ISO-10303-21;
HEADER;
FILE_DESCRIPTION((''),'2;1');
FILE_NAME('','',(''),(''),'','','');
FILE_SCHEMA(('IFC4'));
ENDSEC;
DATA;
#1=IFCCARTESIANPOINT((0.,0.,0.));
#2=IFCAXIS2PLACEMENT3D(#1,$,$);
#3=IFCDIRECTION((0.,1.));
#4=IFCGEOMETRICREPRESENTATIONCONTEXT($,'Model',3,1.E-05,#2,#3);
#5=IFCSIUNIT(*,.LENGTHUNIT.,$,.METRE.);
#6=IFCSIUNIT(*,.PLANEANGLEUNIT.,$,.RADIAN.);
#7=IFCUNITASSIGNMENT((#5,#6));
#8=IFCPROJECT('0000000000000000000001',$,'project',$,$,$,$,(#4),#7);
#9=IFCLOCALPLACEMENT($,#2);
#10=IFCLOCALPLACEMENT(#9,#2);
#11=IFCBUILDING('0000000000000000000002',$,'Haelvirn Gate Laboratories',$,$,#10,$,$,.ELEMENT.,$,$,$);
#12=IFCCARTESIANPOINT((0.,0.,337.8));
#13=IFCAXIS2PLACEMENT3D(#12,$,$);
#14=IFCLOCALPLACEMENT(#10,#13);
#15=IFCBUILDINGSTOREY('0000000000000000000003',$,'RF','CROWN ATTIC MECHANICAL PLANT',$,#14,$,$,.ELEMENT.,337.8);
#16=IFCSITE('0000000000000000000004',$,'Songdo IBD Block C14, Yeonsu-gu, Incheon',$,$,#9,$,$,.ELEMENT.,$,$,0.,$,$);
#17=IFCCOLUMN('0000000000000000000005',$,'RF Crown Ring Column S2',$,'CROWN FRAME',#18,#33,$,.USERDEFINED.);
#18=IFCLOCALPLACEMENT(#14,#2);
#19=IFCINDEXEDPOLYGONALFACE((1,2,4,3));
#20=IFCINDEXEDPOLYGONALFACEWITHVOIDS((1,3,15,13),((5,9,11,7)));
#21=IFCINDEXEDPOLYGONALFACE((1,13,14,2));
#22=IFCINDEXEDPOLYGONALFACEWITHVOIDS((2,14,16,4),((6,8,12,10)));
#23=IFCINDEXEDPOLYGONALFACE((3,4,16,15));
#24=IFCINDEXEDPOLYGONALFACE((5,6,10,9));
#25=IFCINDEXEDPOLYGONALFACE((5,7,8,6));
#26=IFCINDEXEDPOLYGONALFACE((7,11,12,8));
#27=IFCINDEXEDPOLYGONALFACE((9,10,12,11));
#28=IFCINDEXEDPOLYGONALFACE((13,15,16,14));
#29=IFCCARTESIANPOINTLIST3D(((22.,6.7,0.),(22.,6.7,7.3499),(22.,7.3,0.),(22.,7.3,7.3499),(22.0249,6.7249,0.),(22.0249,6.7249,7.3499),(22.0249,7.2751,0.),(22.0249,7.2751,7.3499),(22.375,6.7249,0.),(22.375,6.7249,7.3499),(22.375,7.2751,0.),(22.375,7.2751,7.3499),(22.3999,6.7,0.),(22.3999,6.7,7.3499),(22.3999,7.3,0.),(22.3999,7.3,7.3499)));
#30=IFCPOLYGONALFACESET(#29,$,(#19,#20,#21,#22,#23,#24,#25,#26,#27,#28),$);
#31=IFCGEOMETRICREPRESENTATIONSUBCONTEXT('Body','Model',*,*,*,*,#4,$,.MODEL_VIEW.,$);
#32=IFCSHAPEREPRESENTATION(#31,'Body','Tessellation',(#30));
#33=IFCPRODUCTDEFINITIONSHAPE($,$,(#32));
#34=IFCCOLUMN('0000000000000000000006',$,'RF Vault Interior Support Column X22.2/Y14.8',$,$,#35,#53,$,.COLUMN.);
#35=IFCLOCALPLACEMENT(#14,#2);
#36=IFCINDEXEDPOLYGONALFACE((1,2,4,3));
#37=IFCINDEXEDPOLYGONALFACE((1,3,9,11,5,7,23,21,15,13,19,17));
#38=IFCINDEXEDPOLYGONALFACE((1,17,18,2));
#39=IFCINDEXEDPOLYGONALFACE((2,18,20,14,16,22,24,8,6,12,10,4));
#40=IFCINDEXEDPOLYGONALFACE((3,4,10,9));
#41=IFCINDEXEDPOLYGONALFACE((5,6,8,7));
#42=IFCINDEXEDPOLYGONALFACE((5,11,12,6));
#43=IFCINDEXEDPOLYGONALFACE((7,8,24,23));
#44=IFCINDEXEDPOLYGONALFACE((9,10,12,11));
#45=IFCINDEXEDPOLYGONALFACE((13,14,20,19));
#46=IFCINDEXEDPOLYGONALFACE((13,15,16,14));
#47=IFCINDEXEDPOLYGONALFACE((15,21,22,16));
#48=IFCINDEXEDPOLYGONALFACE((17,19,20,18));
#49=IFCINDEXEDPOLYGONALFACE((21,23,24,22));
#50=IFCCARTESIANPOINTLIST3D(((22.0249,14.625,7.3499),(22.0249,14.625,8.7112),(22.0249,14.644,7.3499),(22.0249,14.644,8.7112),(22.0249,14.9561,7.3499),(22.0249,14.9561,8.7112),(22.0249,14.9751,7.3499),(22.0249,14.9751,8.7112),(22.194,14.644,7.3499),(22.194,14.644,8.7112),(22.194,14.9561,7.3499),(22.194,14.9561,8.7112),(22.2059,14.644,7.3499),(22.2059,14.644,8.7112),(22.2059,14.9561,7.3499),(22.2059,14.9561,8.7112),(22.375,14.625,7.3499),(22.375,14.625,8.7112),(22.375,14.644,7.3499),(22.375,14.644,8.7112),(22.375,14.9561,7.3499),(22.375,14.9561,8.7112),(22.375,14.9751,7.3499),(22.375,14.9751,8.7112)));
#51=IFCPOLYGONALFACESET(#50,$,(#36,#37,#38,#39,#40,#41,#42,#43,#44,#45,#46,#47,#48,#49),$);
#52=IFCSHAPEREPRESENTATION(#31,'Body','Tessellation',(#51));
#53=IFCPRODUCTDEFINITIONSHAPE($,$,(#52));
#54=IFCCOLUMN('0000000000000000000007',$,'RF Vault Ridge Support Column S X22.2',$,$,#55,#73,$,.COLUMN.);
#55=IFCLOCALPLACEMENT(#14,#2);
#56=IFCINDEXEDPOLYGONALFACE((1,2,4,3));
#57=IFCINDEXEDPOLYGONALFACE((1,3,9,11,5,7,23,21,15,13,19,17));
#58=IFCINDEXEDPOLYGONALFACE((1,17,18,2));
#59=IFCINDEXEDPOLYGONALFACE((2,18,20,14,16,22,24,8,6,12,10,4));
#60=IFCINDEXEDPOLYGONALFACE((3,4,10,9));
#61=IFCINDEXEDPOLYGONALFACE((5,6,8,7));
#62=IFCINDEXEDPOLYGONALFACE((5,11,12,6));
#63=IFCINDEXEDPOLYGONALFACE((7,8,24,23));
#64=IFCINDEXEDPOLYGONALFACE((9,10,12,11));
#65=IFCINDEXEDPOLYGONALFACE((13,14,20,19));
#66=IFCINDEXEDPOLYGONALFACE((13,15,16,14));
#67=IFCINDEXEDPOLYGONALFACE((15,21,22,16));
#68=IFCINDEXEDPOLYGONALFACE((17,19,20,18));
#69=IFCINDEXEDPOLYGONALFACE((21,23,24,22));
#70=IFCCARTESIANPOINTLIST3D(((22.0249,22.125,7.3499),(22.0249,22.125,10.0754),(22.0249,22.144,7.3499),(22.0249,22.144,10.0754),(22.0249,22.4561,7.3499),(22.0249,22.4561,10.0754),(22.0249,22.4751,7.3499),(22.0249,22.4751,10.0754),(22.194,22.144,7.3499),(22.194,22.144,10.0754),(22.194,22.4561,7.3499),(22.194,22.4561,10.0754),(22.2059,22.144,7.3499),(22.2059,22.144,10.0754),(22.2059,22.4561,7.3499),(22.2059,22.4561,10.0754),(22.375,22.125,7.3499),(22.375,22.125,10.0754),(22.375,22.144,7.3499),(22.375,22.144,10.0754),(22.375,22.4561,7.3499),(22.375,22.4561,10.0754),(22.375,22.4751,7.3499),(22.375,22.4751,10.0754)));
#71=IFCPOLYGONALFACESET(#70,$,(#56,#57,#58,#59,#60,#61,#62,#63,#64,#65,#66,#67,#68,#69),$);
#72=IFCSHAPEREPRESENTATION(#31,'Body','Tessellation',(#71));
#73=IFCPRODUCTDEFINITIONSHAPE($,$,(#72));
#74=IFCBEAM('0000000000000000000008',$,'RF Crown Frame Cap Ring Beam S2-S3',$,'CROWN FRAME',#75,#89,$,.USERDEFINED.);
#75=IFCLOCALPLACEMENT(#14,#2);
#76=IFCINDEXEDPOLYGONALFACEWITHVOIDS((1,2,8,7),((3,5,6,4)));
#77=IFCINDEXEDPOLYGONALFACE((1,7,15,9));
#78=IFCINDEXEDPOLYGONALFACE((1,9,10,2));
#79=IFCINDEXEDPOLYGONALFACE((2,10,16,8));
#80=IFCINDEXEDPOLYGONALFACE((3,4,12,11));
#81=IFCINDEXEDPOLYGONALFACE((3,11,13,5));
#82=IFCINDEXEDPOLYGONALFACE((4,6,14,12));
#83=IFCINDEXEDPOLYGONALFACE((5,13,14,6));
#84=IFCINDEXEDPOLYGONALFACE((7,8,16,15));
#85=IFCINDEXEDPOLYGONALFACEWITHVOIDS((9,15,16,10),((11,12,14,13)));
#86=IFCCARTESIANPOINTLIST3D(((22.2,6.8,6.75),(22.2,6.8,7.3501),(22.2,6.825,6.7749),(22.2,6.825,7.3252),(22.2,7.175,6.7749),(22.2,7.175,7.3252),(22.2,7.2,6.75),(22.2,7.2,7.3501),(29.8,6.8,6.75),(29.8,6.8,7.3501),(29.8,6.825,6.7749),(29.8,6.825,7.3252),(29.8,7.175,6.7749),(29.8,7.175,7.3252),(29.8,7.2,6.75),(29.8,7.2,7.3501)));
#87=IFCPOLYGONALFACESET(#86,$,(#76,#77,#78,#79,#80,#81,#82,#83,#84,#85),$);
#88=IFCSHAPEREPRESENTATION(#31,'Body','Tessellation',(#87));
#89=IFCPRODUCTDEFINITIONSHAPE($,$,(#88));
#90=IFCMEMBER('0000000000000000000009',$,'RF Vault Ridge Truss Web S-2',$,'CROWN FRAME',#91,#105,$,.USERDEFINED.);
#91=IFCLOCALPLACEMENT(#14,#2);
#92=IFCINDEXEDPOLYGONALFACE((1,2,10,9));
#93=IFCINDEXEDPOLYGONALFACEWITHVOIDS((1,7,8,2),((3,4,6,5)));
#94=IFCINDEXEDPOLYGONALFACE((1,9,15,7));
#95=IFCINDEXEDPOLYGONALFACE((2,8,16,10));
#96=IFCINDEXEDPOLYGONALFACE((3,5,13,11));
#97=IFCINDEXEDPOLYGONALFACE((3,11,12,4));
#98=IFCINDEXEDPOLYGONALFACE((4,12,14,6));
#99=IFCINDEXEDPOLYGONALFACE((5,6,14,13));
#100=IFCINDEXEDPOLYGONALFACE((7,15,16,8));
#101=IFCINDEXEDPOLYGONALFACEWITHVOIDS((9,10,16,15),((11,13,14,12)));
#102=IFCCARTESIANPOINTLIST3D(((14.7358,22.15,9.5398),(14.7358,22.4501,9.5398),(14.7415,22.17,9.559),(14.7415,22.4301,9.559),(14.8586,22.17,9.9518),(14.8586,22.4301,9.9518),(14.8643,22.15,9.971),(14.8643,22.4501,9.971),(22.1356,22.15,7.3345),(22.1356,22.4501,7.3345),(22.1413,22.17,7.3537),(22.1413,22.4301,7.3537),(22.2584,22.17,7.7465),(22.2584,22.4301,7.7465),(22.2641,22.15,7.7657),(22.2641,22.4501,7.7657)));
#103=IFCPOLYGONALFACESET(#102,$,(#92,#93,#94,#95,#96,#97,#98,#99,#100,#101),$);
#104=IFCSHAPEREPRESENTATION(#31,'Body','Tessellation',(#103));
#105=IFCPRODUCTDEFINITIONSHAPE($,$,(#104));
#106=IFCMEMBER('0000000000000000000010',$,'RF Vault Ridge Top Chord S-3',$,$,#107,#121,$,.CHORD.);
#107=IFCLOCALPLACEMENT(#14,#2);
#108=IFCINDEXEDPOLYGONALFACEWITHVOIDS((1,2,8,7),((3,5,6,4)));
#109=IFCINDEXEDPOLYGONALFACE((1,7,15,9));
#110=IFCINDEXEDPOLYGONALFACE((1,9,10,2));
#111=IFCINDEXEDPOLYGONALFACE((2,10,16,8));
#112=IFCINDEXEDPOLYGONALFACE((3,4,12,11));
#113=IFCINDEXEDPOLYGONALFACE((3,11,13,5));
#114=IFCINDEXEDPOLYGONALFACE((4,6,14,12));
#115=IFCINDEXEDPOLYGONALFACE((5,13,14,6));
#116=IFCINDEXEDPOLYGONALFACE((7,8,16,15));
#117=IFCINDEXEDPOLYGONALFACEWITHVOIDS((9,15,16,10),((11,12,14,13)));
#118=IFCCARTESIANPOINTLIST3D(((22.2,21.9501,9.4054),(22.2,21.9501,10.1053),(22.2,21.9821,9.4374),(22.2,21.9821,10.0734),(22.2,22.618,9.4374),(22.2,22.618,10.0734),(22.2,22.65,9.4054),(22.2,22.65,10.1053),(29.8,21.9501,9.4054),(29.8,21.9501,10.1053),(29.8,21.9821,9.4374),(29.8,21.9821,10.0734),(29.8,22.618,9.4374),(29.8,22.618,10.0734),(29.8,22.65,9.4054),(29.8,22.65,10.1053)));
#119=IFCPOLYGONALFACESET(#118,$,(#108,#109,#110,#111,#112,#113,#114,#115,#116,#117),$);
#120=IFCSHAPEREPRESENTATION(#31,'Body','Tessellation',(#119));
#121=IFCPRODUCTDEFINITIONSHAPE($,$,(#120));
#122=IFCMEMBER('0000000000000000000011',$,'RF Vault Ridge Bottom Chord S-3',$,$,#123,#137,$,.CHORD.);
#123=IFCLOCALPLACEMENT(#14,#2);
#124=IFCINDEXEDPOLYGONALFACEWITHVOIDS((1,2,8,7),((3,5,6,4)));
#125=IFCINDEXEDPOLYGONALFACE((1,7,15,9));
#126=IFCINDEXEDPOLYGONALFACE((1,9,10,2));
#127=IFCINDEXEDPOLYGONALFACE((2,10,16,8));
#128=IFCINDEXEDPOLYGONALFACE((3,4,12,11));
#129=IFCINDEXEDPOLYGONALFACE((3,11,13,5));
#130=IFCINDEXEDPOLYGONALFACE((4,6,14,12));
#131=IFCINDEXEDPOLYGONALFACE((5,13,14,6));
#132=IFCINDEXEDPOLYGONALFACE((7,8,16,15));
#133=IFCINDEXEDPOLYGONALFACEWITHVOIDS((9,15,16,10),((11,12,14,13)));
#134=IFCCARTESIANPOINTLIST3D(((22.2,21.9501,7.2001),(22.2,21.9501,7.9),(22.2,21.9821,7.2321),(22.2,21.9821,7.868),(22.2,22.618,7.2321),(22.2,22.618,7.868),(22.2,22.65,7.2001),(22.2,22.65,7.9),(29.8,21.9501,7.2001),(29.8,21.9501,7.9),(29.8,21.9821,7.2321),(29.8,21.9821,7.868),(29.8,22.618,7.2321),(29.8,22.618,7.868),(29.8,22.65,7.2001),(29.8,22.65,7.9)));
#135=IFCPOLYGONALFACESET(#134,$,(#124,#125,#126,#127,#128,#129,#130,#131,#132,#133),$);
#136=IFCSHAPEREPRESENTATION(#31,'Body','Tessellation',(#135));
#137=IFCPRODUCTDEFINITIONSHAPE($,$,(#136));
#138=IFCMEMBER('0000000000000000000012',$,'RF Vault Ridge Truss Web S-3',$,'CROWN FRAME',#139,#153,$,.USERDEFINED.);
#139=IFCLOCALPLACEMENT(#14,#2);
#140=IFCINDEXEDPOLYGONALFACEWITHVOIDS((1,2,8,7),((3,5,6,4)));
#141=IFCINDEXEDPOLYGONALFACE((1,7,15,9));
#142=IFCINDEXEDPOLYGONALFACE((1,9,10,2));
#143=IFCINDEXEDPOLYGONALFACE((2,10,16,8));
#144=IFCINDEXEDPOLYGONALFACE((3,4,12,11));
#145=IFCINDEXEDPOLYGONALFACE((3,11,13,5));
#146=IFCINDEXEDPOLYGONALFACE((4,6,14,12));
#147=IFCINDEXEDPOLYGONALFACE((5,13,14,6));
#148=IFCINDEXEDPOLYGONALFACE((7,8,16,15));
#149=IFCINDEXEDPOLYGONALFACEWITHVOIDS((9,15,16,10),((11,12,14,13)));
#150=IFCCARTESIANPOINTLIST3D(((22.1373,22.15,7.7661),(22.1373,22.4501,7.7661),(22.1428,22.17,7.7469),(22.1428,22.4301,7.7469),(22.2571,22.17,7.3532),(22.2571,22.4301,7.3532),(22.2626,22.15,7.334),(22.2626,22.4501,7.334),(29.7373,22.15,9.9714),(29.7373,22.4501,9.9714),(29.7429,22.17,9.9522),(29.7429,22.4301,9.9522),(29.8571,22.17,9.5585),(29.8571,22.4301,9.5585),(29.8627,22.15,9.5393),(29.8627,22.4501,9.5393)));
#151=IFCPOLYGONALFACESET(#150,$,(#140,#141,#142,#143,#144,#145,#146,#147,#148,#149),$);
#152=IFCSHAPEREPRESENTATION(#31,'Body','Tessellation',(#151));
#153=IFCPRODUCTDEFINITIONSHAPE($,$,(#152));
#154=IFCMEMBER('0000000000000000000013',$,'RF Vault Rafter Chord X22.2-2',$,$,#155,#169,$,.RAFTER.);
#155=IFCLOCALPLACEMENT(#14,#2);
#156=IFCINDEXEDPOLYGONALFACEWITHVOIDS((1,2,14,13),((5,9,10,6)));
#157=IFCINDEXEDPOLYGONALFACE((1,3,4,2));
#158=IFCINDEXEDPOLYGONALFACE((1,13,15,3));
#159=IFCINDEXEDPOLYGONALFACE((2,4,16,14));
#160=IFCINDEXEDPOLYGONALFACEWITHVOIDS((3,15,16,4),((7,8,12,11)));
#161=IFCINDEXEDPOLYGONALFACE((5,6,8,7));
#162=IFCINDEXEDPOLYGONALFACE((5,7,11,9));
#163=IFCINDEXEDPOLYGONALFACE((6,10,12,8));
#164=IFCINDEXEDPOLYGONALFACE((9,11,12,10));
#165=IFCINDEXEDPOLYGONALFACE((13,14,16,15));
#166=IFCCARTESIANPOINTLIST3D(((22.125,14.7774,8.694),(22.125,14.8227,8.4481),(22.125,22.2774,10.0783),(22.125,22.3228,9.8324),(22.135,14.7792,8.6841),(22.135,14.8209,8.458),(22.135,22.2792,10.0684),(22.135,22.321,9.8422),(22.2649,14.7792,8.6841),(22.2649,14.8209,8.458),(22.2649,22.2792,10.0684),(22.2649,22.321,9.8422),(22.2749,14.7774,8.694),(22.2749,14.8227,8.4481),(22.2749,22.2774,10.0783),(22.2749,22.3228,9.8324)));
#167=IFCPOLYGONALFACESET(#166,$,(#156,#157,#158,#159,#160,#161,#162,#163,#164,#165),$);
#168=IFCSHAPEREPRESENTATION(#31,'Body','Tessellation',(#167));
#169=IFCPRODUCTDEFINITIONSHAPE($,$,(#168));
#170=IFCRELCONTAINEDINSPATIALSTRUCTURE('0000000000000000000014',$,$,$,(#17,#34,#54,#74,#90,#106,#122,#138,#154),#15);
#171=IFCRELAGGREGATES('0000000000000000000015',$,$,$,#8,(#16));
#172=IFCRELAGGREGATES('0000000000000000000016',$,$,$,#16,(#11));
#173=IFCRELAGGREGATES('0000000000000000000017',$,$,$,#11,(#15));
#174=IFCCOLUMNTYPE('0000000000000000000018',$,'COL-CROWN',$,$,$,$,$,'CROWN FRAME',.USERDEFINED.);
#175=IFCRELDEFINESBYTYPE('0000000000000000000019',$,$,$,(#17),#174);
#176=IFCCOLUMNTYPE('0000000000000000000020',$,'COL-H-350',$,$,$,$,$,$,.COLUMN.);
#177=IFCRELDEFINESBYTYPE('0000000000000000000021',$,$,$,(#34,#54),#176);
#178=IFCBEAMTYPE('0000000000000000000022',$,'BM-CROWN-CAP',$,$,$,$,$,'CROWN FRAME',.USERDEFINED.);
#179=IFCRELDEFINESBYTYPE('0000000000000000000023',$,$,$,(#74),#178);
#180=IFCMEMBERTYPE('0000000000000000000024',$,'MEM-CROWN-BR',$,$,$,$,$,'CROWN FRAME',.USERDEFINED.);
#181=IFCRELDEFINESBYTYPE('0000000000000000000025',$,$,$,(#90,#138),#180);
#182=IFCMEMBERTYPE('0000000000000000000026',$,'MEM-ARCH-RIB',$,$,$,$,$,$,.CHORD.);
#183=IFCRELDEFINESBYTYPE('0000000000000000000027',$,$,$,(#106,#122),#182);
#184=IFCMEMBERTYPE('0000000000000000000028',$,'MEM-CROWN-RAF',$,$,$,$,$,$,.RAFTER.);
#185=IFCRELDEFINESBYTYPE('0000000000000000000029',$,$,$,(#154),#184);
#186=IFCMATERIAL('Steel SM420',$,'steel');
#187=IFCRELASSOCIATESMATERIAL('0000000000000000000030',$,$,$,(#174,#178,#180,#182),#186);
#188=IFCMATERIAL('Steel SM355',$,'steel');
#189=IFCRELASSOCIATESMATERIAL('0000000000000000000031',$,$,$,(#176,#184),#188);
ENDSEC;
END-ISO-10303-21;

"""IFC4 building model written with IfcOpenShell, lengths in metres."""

from ifc_helpers import new_model, si_unit, direction, frame, origin, origin_2d, place, context, subcontext, project, spatial, hollow_rectangle, i_section, extrude, source, transform, mapped, material, material_profile, profile_set, type_object, type_shapes, element, save


model = new_model("IFC4")

# Units and contexts
model_context = context("Model", 3, precision=1e-05, world=origin(), true_north=direction((0.0, 1.0)))
body_context = subcontext(model_context, "Body", "Model", "MODEL_VIEW")
ifc_project = project(units=[si_unit("LENGTHUNIT", "METRE"), si_unit("PLANEANGLEUNIT", "RADIAN")], contexts=[model_context])

# Site, building, storey
site_placement = place(None, origin())
site = spatial("IfcSite", under=ifc_project, at=site_placement, Name="Songdo IBD Block C14, Yeonsu-gu, Incheon", CompositionType="ELEMENT", RefElevation=0.0)
building_placement = place(site_placement, origin())
building = spatial("IfcBuilding", under=site, at=building_placement, Name="Haelvirn Gate Laboratories", CompositionType="ELEMENT")
storey_placement = place(building_placement, frame((0.0, 0.0, 337.8)))
storey = spatial("IfcBuildingStorey", under=building, at=storey_placement, Name="RF", Description="CROWN ATTIC MECHANICAL PLANT", CompositionType="ELEMENT", Elevation=337.8)

# Columns
ifc_material_1 = material(Name="Steel SM420", Category="steel")
ifc_material_profile_1 = material_profile(ifc_material_1, hollow_rectangle(XDim=0.3999, YDim=0.6001, WallThickness=0.0249, at=origin_2d()), Name="BOX-600x400x25")
ifc_profile_set_1 = profile_set([ifc_material_profile_1], Name="Steel SM420")
column_type_1 = type_object("IfcColumnType", Name="COL-CROWN", ElementType="CROWN FRAME", PredefinedType="USERDEFINED", material=ifc_profile_set_1)
shared_shape_1 = source(origin(), body_context, "Body", "SweptSolid", [
    extrude(hollow_rectangle(XDim=0.3999, YDim=0.6001, WallThickness=0.0249, at=origin_2d()), origin(), (0.0, 0.0, 1.0), 7.3499),
])
type_shapes(column_type_1, [shared_shape_1])
column_1_placement = place(storey_placement, frame((22.2, 7.0, 0.0), z_axis=(0.0, 0.0, 1.0), x_axis=(1.0, 0.0, 0.0)))
element("IfcColumn", 1, at=column_1_placement, inside=storey, type_object=column_type_1, Name="RF Crown Ring Column S2", ObjectType="CROWN FRAME", PredefinedType="USERDEFINED", context=body_context, shape_type="MappedRepresentation", body=[
    mapped(shared_shape_1, transform((0.0, 0.0, 0.0), scale=1.0)),
])
ifc_material_2 = material(Name="Steel SM355", Category="steel")
ifc_material_profile_2 = material_profile(ifc_material_2, i_section(OverallWidth=0.3501, OverallDepth=0.3501, WebThickness=0.012, FlangeThickness=0.019, at=origin_2d()), Name="H-350x350x12x19")
ifc_profile_set_2 = profile_set([ifc_material_profile_2], Name="Steel SM355")
column_type_2 = type_object("IfcColumnType", Name="COL-H-350", PredefinedType="COLUMN", material=ifc_profile_set_2)
shared_shape_2 = source(origin(), body_context, "Body", "SweptSolid", [
    extrude(i_section(OverallWidth=0.3501, OverallDepth=0.3501, WebThickness=0.012, FlangeThickness=0.019, at=origin_2d()), origin(), (0.0, 0.0, 1.0), 1.3613),
])
column_2_placement = place(storey_placement, frame((22.2, 14.8, 7.3499), z_axis=(0.0, 0.0, 1.0), x_axis=(1.0, 0.0, 0.0)))
element("IfcColumn", 2, at=column_2_placement, inside=storey, type_object=column_type_2, Name="RF Vault Interior Support Column X22.2/Y14.8", PredefinedType="COLUMN", context=body_context, shape_type="MappedRepresentation", body=[
    mapped(shared_shape_2, transform((0.0, 0.0, 0.0), scale=1.0)),
])
shared_shape_3 = source(origin(), body_context, "Body", "SweptSolid", [
    extrude(i_section(OverallWidth=0.3501, OverallDepth=0.3501, WebThickness=0.012, FlangeThickness=0.019, at=origin_2d()), origin(), (0.0, 0.0, 1.0), 2.7256),
])
type_shapes(column_type_2, [shared_shape_2, shared_shape_3])
column_3_placement = place(storey_placement, frame((22.2, 22.3, 7.3499), z_axis=(0.0, 0.0, 1.0), x_axis=(1.0, 0.0, 0.0)))
element("IfcColumn", 3, at=column_3_placement, inside=storey, type_object=column_type_2, Name="RF Vault Ridge Support Column S X22.2", PredefinedType="COLUMN", context=body_context, shape_type="MappedRepresentation", body=[
    mapped(shared_shape_3, transform((0.0, 0.0, 0.0), scale=1.0)),
])

# Beam
ifc_material_profile_3 = material_profile(ifc_material_1, hollow_rectangle(XDim=0.3999, YDim=0.6001, WallThickness=0.0249, at=origin_2d()), Name="BOX-600x400x25")
ifc_profile_set_3 = profile_set([ifc_material_profile_3], Name="Steel SM420")
beam_type = type_object("IfcBeamType", Name="BM-CROWN-CAP", ElementType="CROWN FRAME", PredefinedType="USERDEFINED", material=ifc_profile_set_3)
shared_shape_4 = source(origin(), body_context, "Body", "SweptSolid", [
    extrude(hollow_rectangle(XDim=0.3999, YDim=0.6001, WallThickness=0.0249, at=origin_2d()), origin(), (0.0, 0.0, 1.0), 7.6001),
])
type_shapes(beam_type, [shared_shape_4])
beam_placement = place(storey_placement, frame((22.2, 7.0, 7.05), z_axis=(1.0, 0.0, 0.0), x_axis=(0.0, 1.0, 0.0)))
element("IfcBeam", 4, at=beam_placement, inside=storey, type_object=beam_type, Name="RF Crown Frame Cap Ring Beam S2-S3", ObjectType="CROWN FRAME", PredefinedType="USERDEFINED", context=body_context, shape_type="MappedRepresentation", body=[
    mapped(shared_shape_4, transform((0.0, 0.0, 0.0), scale=1.0)),
])

# Members
ifc_material_profile_4 = material_profile(ifc_material_1, hollow_rectangle(XDim=0.3, YDim=0.45, WallThickness=0.02, at=origin_2d()), Name="BOX-450x300x20")
ifc_profile_set_4 = profile_set([ifc_material_profile_4], Name="Steel SM420")
member_type_1 = type_object("IfcMemberType", Name="MEM-CROWN-BR", ElementType="CROWN FRAME", PredefinedType="USERDEFINED", material=ifc_profile_set_4)
shared_shape_5 = source(origin(), body_context, "Body", "SweptSolid", [
    extrude(hollow_rectangle(XDim=0.3, YDim=0.45, WallThickness=0.02, at=origin_2d()), origin(), (0.0, 0.0, 1.0), 7.7214),
])
member_1_placement = place(storey_placement, frame((14.8, 22.3, 9.7554), z_axis=(0.958347, 0.0, -0.285607), x_axis=(0.0, 1.0, 0.0)))
element("IfcMember", 5, at=member_1_placement, inside=storey, type_object=member_type_1, Name="RF Vault Ridge Truss Web S-2", ObjectType="CROWN FRAME", PredefinedType="USERDEFINED", context=body_context, shape_type="MappedRepresentation", body=[
    mapped(shared_shape_5, transform((0.0, 0.0, 0.0), scale=1.0)),
])
ifc_material_profile_5 = material_profile(ifc_material_1, hollow_rectangle(XDim=0.7, YDim=0.7, WallThickness=0.032, at=origin_2d()), Name="BOX-700x700x32")
ifc_profile_set_5 = profile_set([ifc_material_profile_5], Name="Steel SM420")
member_type_2 = type_object("IfcMemberType", Name="MEM-ARCH-RIB", PredefinedType="CHORD", material=ifc_profile_set_5)
shared_shape_6 = source(origin(), body_context, "Body", "SweptSolid", [
    extrude(hollow_rectangle(XDim=0.7, YDim=0.7, WallThickness=0.032, at=origin_2d()), origin(), (0.0, 0.0, 1.0), 7.6001),
])
type_shapes(member_type_2, [shared_shape_6])
for number, where, z_axis, x_axis, name in (
    (6, (22.2, 22.3, 9.7554), (1.0, 0.0, 0.0), (0.0, 1.0, 0.0), "RF Vault Ridge Top Chord S-3"),
    (7, (22.2, 22.3, 7.55), (1.0, 0.0, 0.0), (0.0, 1.0, 0.0), "RF Vault Ridge Bottom Chord S-3"),
):
    element("IfcMember", number, at=place(storey_placement, frame(where, z_axis=z_axis, x_axis=x_axis)), inside=storey, type_object=member_type_2, Name=name, PredefinedType="CHORD", context=body_context, shape_type="MappedRepresentation", body=[
        mapped(shared_shape_6, transform((0.0, 0.0, 0.0), scale=1.0)),
    ])
shared_shape_7 = source(origin(), body_context, "Body", "SweptSolid", [
    extrude(hollow_rectangle(XDim=0.3, YDim=0.45, WallThickness=0.02, at=origin_2d()), origin(), (0.0, 0.0, 1.0), 7.9136),
])
type_shapes(member_type_1, [shared_shape_5, shared_shape_7])
member_2_placement = place(storey_placement, frame((22.2, 22.3, 7.55), z_axis=(0.960385, 0.0, 0.278675), x_axis=(0.0, 1.0, 0.0)))
element("IfcMember", 8, at=member_2_placement, inside=storey, type_object=member_type_1, Name="RF Vault Ridge Truss Web S-3", ObjectType="CROWN FRAME", PredefinedType="USERDEFINED", context=body_context, shape_type="MappedRepresentation", body=[
    mapped(shared_shape_7, transform((0.0, 0.0, 0.0), scale=1.0)),
])
ifc_material_profile_6 = material_profile(ifc_material_2, hollow_rectangle(XDim=0.1499, YDim=0.25, WallThickness=0.01, at=origin_2d()), Name="RHS-250x150x10")
ifc_profile_set_6 = profile_set([ifc_material_profile_6], Name="Steel SM355")
member_type_3 = type_object("IfcMemberType", Name="MEM-CROWN-RAF", PredefinedType="RAFTER", material=ifc_profile_set_6)
shared_shape_8 = source(origin(), body_context, "Body", "SweptSolid", [
    extrude(hollow_rectangle(XDim=0.1499, YDim=0.25, WallThickness=0.01, at=origin_2d()), origin(), (0.0, 0.0, 1.0), 7.6267),
])
member_3_placement = place(storey_placement, frame((22.2, 14.8, 8.571), z_axis=(0.0, 0.98339, 0.181505), x_axis=(-1.0, 0.0, 0.0)))
element("IfcMember", 9, at=member_3_placement, inside=storey, type_object=member_type_3, Name="RF Vault Rafter Chord X22.2-2", PredefinedType="RAFTER", context=body_context, shape_type="MappedRepresentation", body=[
    mapped(shared_shape_8, transform((0.0, 0.0, 0.0), scale=1.0)),
])

save(model, "model.ifc")
